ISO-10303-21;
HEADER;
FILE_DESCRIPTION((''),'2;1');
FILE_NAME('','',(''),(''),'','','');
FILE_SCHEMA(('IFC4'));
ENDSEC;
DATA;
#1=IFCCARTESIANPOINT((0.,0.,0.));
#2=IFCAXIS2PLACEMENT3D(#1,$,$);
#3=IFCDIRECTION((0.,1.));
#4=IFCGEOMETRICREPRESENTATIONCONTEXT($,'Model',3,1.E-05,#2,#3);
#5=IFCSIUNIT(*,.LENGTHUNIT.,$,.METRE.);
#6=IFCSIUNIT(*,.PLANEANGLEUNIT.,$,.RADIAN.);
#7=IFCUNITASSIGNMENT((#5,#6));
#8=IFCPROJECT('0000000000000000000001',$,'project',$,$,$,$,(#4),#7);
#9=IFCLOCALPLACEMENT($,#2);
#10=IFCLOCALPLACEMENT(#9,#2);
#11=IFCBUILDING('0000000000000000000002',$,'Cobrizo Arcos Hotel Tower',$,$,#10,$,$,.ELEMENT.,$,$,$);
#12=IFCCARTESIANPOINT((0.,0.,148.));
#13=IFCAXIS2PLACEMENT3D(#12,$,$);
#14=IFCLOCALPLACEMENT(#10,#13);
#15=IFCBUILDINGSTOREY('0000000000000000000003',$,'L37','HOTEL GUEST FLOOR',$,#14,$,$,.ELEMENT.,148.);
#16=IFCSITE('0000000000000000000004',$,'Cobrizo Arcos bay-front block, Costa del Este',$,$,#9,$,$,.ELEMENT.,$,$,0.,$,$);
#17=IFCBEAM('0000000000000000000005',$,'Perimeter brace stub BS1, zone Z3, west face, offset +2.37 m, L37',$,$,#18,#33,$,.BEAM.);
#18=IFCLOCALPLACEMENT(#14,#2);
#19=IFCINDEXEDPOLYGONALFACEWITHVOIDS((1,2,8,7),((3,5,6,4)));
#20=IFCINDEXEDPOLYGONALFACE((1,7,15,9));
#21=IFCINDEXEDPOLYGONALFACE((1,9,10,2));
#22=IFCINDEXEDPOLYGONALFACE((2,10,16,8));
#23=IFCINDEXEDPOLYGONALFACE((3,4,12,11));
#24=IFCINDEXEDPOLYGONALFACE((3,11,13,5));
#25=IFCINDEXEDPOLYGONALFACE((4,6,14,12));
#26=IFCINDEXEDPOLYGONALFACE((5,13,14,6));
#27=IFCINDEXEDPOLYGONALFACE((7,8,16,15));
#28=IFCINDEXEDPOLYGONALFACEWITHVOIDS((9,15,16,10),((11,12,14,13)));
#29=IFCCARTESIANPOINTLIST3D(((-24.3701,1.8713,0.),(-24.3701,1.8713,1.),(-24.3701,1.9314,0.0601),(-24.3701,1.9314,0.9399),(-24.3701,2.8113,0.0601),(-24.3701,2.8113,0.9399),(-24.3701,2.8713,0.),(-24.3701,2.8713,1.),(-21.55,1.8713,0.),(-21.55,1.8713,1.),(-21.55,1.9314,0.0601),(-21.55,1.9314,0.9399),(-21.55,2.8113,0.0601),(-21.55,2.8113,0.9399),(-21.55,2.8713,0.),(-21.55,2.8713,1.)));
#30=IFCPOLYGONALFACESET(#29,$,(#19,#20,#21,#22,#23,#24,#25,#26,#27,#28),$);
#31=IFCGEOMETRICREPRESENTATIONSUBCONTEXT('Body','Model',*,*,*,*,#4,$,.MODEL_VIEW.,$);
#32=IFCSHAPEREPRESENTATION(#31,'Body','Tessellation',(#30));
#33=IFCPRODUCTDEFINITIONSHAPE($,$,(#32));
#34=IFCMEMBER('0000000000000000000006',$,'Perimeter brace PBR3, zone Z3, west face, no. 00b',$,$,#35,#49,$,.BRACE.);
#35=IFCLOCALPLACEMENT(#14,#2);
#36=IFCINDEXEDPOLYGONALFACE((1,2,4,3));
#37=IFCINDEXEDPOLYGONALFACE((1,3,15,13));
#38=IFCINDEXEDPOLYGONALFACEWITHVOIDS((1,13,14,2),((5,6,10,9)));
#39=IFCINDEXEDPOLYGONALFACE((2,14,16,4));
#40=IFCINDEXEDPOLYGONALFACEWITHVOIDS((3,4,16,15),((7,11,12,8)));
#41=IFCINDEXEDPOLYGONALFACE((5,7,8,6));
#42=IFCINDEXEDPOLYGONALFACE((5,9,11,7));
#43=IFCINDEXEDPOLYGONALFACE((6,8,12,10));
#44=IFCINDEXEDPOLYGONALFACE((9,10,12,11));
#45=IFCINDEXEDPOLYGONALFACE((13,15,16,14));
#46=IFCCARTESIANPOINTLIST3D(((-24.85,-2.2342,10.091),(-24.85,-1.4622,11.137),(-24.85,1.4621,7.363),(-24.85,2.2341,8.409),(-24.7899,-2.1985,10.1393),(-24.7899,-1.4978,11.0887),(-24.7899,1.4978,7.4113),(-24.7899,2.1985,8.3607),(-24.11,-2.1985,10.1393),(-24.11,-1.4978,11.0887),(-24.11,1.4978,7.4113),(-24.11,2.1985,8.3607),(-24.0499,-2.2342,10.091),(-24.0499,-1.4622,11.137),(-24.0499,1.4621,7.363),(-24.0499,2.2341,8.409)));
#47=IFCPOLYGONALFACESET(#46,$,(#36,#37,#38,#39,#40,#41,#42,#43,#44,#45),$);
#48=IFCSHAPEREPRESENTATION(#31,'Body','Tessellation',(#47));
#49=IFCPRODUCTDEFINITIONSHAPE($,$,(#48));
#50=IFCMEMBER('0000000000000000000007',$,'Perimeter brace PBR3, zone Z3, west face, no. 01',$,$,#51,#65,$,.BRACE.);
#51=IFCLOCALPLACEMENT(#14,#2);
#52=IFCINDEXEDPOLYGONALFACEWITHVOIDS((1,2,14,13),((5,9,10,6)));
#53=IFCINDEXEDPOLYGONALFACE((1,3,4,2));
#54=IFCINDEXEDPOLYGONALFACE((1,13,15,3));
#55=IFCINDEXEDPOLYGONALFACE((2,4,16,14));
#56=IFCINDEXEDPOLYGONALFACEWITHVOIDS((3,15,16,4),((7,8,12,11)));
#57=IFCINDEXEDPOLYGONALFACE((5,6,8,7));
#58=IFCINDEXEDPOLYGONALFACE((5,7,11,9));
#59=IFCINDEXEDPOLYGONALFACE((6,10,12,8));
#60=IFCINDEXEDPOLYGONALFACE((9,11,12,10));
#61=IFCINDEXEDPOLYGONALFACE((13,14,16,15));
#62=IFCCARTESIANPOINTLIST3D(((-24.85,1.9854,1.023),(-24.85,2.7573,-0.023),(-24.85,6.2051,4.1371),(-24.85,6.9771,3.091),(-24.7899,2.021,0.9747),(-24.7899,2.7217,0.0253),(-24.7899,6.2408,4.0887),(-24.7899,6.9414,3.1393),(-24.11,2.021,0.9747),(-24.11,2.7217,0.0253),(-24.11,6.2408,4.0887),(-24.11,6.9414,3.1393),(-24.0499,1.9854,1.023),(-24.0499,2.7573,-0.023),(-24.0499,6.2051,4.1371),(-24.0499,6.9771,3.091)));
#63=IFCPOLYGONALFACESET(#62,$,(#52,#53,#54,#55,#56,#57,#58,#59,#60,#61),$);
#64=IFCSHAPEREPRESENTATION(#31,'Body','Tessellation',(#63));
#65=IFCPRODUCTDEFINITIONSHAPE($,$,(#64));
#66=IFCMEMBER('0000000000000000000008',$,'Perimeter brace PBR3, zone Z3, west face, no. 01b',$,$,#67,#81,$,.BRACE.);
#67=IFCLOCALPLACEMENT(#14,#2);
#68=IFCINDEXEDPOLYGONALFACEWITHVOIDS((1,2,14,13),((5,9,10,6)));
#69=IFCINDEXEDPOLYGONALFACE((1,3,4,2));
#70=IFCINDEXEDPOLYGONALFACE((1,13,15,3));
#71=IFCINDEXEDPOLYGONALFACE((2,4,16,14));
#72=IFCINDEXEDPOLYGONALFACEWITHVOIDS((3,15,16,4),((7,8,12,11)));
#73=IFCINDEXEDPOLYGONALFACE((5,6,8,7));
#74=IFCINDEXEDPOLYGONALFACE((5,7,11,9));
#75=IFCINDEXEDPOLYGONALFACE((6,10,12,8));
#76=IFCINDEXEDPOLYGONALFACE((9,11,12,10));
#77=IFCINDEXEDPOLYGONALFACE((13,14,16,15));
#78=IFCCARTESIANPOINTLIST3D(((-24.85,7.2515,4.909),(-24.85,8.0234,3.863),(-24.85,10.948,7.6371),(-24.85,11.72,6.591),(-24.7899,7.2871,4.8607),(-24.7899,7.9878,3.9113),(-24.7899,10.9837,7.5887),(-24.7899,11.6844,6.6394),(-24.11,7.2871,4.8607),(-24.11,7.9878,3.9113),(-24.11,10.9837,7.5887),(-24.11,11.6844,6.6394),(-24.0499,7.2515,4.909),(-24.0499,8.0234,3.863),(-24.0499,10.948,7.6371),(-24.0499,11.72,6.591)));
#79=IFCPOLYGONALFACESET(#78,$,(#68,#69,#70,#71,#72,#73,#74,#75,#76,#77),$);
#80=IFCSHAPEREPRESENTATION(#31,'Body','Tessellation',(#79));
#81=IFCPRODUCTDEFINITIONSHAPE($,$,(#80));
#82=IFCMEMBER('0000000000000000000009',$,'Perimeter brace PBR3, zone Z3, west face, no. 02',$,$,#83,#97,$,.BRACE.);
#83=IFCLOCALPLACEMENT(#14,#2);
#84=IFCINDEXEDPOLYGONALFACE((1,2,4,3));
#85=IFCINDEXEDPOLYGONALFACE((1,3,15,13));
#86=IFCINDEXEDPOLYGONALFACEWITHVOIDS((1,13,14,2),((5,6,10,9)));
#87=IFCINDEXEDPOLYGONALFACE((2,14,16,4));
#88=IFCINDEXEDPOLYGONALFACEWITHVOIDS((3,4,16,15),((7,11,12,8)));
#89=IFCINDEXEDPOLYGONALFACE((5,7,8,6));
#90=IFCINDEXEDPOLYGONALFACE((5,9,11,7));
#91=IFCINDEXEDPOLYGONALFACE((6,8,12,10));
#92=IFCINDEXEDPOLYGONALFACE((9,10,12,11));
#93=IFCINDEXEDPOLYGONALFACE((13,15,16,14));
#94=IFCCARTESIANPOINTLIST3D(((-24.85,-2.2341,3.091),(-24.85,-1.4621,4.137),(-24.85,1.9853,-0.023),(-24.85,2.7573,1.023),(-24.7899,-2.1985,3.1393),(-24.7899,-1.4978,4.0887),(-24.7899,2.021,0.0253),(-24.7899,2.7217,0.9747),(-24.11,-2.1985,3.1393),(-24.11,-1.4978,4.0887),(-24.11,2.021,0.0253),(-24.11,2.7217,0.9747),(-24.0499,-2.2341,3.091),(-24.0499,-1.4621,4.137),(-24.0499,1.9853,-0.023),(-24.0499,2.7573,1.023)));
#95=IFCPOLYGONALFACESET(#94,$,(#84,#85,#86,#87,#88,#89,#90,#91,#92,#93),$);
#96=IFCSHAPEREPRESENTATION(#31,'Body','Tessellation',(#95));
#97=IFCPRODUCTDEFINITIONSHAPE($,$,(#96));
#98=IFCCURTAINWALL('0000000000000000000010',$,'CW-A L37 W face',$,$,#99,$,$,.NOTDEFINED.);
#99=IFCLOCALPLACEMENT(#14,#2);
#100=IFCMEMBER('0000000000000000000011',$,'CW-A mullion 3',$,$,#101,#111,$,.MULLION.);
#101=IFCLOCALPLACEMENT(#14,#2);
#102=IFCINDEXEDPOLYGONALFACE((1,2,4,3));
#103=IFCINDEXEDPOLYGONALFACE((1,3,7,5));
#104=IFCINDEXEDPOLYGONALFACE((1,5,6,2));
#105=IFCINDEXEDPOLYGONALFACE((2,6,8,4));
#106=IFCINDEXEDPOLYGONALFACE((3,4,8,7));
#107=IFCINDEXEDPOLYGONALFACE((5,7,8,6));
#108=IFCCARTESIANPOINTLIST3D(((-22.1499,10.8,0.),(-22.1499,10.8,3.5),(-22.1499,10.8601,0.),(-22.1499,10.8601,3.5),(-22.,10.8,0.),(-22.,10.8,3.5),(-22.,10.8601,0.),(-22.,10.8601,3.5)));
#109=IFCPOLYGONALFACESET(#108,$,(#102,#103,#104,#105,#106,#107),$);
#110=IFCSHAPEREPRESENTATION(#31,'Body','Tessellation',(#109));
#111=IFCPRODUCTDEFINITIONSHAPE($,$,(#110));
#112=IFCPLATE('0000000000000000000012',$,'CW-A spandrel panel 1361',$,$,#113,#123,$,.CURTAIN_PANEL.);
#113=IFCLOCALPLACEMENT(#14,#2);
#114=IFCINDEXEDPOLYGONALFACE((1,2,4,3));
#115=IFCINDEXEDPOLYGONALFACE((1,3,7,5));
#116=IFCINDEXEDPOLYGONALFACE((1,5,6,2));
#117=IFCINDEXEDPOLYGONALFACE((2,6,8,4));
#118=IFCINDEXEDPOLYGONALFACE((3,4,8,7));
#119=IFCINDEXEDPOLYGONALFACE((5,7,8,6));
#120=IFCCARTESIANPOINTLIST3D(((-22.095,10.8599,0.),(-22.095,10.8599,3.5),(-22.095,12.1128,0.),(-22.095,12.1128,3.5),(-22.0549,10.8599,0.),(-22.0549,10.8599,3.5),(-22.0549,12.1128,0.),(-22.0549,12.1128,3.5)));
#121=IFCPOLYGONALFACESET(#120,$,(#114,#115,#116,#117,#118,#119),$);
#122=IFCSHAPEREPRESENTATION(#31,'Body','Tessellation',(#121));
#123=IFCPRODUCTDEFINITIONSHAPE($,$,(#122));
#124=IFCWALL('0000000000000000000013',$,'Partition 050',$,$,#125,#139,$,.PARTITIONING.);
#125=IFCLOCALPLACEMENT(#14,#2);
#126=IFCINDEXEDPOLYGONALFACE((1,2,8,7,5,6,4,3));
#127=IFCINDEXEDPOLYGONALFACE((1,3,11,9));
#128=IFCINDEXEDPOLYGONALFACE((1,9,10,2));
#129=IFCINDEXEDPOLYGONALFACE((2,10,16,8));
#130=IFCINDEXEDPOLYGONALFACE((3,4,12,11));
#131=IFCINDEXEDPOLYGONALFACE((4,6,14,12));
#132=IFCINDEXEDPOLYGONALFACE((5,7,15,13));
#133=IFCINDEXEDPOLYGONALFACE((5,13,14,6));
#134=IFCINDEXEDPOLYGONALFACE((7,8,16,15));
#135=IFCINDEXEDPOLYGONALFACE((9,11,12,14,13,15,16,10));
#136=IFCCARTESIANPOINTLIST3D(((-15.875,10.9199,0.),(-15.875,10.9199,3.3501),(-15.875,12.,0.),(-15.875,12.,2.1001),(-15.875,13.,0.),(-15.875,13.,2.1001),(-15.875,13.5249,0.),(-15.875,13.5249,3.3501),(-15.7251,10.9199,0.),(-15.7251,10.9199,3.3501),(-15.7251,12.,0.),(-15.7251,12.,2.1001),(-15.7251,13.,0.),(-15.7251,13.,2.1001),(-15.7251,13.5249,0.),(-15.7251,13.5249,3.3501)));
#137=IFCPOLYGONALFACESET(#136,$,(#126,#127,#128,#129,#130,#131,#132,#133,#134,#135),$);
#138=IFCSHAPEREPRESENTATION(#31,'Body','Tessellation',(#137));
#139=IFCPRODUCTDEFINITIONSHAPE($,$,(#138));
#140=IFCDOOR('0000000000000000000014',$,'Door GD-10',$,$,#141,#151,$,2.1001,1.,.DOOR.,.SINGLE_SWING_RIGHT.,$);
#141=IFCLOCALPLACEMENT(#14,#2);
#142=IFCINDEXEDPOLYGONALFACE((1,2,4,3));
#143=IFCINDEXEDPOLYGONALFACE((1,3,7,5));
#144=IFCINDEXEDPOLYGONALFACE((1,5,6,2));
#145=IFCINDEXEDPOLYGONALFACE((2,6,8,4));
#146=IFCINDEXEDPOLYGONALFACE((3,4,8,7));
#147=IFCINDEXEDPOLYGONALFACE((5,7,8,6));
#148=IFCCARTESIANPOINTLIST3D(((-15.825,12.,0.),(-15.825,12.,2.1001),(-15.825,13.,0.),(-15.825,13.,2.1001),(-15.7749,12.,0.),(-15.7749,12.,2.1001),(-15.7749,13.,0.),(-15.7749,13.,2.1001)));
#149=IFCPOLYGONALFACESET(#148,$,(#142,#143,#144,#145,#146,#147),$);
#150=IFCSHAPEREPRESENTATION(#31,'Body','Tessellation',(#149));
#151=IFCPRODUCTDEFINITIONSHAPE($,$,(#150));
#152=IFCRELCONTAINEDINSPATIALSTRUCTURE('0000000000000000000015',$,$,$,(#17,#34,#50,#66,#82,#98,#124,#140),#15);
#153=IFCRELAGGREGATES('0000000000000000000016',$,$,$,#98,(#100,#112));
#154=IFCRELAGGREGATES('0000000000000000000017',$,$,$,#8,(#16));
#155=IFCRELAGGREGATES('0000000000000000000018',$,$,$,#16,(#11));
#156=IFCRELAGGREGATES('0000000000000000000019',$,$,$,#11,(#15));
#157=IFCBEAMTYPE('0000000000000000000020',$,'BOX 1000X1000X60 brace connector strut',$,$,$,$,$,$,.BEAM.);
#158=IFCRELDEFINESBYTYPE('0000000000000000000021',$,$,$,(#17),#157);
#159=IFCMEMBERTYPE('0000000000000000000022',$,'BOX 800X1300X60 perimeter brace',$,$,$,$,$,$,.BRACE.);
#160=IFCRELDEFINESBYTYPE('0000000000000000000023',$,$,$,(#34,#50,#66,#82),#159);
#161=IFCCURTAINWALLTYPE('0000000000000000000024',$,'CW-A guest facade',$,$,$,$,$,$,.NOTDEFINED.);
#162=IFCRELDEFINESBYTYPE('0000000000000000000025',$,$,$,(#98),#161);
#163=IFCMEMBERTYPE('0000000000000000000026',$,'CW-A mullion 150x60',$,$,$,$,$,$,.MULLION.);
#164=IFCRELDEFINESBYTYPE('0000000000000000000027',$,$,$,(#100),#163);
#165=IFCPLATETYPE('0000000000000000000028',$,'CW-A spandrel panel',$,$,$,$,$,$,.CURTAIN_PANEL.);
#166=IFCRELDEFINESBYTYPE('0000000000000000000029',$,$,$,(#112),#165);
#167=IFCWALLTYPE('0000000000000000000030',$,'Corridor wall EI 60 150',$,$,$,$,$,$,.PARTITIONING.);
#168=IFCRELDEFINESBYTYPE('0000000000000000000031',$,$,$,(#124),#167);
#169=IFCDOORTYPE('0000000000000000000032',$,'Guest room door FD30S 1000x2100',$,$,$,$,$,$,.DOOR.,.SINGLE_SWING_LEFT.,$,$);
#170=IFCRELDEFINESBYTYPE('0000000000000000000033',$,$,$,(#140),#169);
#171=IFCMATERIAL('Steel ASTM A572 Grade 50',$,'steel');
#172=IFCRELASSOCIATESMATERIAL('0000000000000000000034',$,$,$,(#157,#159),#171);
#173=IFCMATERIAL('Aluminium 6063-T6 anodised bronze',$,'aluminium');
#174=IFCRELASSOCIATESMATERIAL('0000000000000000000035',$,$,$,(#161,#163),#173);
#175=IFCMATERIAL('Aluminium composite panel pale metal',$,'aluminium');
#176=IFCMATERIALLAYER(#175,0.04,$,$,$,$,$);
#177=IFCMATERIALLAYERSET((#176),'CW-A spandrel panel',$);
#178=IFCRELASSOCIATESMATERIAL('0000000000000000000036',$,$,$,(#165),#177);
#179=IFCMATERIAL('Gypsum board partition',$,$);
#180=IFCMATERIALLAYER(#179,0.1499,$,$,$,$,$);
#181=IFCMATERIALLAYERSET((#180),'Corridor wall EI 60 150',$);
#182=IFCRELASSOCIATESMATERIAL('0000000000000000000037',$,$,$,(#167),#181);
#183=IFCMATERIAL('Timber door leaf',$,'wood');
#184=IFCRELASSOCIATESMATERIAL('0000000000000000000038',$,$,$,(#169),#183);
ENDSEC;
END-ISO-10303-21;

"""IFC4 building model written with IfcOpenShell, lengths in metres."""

from ifc_helpers import new_model, si_unit, direction, frame, frame_2d, origin, origin_2d, place, context, subcontext, project, spatial, rectangle, hollow_rectangle, extrude, material, layer, layer_set, material_profile, profile_set, type_object, element, fill, aggregate, save


model = new_model("IFC4")

# Units and contexts
model_context = context("Model", 3, precision=1e-05, world=origin(), true_north=direction((0.0, 1.0)))
body_context = subcontext(model_context, "Body", "Model", "MODEL_VIEW")
ifc_project = project(units=[si_unit("LENGTHUNIT", "METRE"), si_unit("PLANEANGLEUNIT", "RADIAN")], contexts=[model_context])

# Site, building, storey
site_placement = place(None, origin())
site = spatial("IfcSite", under=ifc_project, at=site_placement, Name="Cobrizo Arcos bay-front block, Costa del Este", CompositionType="ELEMENT", RefElevation=0.0)
building_placement = place(site_placement, origin())
building = spatial("IfcBuilding", under=site, at=building_placement, Name="Cobrizo Arcos Hotel Tower", CompositionType="ELEMENT")
storey_placement = place(building_placement, frame((0.0, 0.0, 148.0)))
storey = spatial("IfcBuildingStorey", under=building, at=storey_placement, Name="L37", Description="HOTEL GUEST FLOOR", CompositionType="ELEMENT", Elevation=148.0)

# Beam
ifc_material_1 = material(Name="Steel ASTM A572 Grade 50", Category="steel")
ifc_material_profile_1 = material_profile(ifc_material_1, hollow_rectangle(XDim=1.0, YDim=1.0, WallThickness=0.0601, at=origin_2d()), Name="BOX 1000X1000X60")
ifc_profile_set_1 = profile_set([ifc_material_profile_1], Name="Steel ASTM A572 Grade 50")
beam_type = type_object("IfcBeamType", Name="BOX 1000X1000X60 brace connector strut", PredefinedType="BEAM", material=ifc_profile_set_1)
beam_placement = place(storey_placement, frame((-21.55, 2.3713, 0.5), z_axis=(-1.0, 0.0, 0.0), x_axis=(0.0, -1.0, 0.0)))
element("IfcBeam", 1, at=beam_placement, inside=storey, type_object=beam_type, Name="Perimeter brace stub BS1, zone Z3, west face, offset +2.37 m, L37", PredefinedType="BEAM", context=body_context, shape_type="SweptSolid", body=[
    extrude(hollow_rectangle(XDim=1.0, YDim=1.0, WallThickness=0.0601, at=origin_2d()), origin(), (0.0, 0.0, 1.0), 2.8201),
])

# Members
ifc_material_profile_2 = material_profile(ifc_material_1, hollow_rectangle(XDim=0.8, YDim=1.3, WallThickness=0.0601, at=origin_2d()), Name="BOX 800X1300X60")
ifc_profile_set_2 = profile_set([ifc_material_profile_2], Name="Steel ASTM A572 Grade 50")
member_type_1 = type_object("IfcMemberType", Name="BOX 800X1300X60 perimeter brace", PredefinedType="BRACE", material=ifc_profile_set_2)
member_1_placement = place(storey_placement, frame((-24.45, 1.8481, 7.886), z_axis=(0.0, -0.804593, 0.593826), x_axis=(1.0, 0.0, 0.0)))
element("IfcMember", 2, at=member_1_placement, inside=storey, type_object=member_type_1, Name="Perimeter brace PBR3, zone Z3, west face, no. 00b", PredefinedType="BRACE", context=body_context, shape_type="SweptSolid", body=[
    extrude(hollow_rectangle(XDim=0.8, YDim=1.3, WallThickness=0.0601, at=origin_2d()), origin(), (0.0, 0.0, 1.0), 4.594),
])
member_2_placement = place(storey_placement, frame((-24.45, 2.3713, 0.5), z_axis=(0.0, 0.804624, 0.593785), x_axis=(-1.0, 0.0, 0.0)))
element("IfcMember", 3, at=member_2_placement, inside=storey, type_object=member_type_1, Name="Perimeter brace PBR3, zone Z3, west face, no. 01", PredefinedType="BRACE", context=body_context, shape_type="SweptSolid", body=[
    extrude(hollow_rectangle(XDim=0.8, YDim=1.3, WallThickness=0.0601, at=origin_2d()), origin(), (0.0, 0.0, 1.0), 5.2444),
])
member_3_placement = place(storey_placement, frame((-24.45, 7.6375, 4.386), z_axis=(0.0, 0.804612, 0.593801), x_axis=(-1.0, 0.0, 0.0)))
element("IfcMember", 4, at=member_3_placement, inside=storey, type_object=member_type_1, Name="Perimeter brace PBR3, zone Z3, west face, no. 01b", PredefinedType="BRACE", context=body_context, shape_type="SweptSolid", body=[
    extrude(hollow_rectangle(XDim=0.8, YDim=1.3, WallThickness=0.0601, at=origin_2d()), origin(), (0.0, 0.0, 1.0), 4.5942),
])
member_4_placement = place(storey_placement, frame((-24.45, 2.3713, 0.5), z_axis=(0.0, -0.804607, 0.593807), x_axis=(1.0, 0.0, 0.0)))
element("IfcMember", 5, at=member_4_placement, inside=storey, type_object=member_type_1, Name="Perimeter brace PBR3, zone Z3, west face, no. 02", PredefinedType="BRACE", context=body_context, shape_type="SweptSolid", body=[
    extrude(hollow_rectangle(XDim=0.8, YDim=1.3, WallThickness=0.0601, at=origin_2d()), origin(), (0.0, 0.0, 1.0), 5.2441),
])

# Curtain wall, member, plate
ifc_material_2 = material(Name="Aluminium 6063-T6 anodised bronze", Category="aluminium")
curtain_wall_type = type_object("IfcCurtainWallType", Name="CW-A guest facade", PredefinedType="NOTDEFINED", material=ifc_material_2)
curtain_wall_placement = place(storey_placement, origin())
curtain_wall = element("IfcCurtainWall", 6, at=curtain_wall_placement, inside=storey, type_object=curtain_wall_type, Name="CW-A L37 W face", PredefinedType="NOTDEFINED")
ifc_material_profile_3 = material_profile(ifc_material_2, rectangle(XDim=0.1499, YDim=0.0601, at=origin_2d()), Name="CW-A mullion 150x60")
ifc_profile_set_3 = profile_set([ifc_material_profile_3], Name="Aluminium 6063-T6 anodised bronze")
member_type_2 = type_object("IfcMemberType", Name="CW-A mullion 150x60", PredefinedType="MULLION", material=ifc_profile_set_3)
member_5_placement = place(storey_placement, frame((-22.075, 10.8301, 0.0), z_axis=(0.0, 0.0, 1.0), x_axis=(-1.0, 0.0, 0.0)))
member_5 = element("IfcMember", 7, at=member_5_placement, type_object=member_type_2, Name="CW-A mullion 3", PredefinedType="MULLION", context=body_context, shape_type="SweptSolid", body=[
    extrude(rectangle(XDim=0.1499, YDim=0.0601, at=origin_2d()), origin(), (0.0, 0.0, 1.0), 3.5),
])
ifc_material_3 = material(Name="Aluminium composite panel pale metal", Category="aluminium")
ifc_layer_1 = layer(ifc_material_3, 0.04)
ifc_layer_set_1 = layer_set([ifc_layer_1], Name="CW-A spandrel panel")
plate_type = type_object("IfcPlateType", Name="CW-A spandrel panel", PredefinedType="CURTAIN_PANEL", material=ifc_layer_set_1)
plate_placement = place(storey_placement, frame((-22.075, 11.4863, 0.0), z_axis=(0.0, 0.0, 1.0), x_axis=(0.0, -1.0, 0.0)))
plate = element("IfcPlate", 8, at=plate_placement, type_object=plate_type, Name="CW-A spandrel panel 1361", PredefinedType="CURTAIN_PANEL", context=body_context, shape_type="SweptSolid", body=[
    extrude(rectangle(XDim=1.2529, YDim=0.04, at=origin_2d()), origin(), (0.0, 0.0, 1.0), 3.5),
])
aggregate(curtain_wall, [member_5, plate])

# Wall, opening, door
ifc_material_4 = material(Name="Gypsum board partition")
ifc_layer_2 = layer(ifc_material_4, 0.1499)
ifc_layer_set_2 = layer_set([ifc_layer_2], Name="Corridor wall EI 60 150")
wall_type_1 = type_object("IfcWallType", Name="Corridor wall EI 60 150", PredefinedType="PARTITIONING", material=ifc_layer_set_2)
wall_1_placement = place(storey_placement, frame((-15.8, 10.9199, 0.0), z_axis=(0.0, 0.0, 1.0), x_axis=(0.0, 1.0, 0.0)))
wall_1 = element("IfcWall", 9, at=wall_1_placement, inside=storey, type_object=wall_type_1, Name="Partition 050", PredefinedType="PARTITIONING", context=body_context, shape_type="SweptSolid", body=[
    extrude(rectangle(XDim=2.605, YDim=0.1499, at=frame_2d((1.3025, 0.0))), origin(), (0.0, 0.0, 1.0), 3.3501),
])
opening_1_placement = place(wall_1_placement, frame((1.0801, 0.0, 0.0)))
opening_1 = element("IfcOpeningElement", 10, at=opening_1_placement, cuts=wall_1, PredefinedType="OPENING", context=body_context, shape_type="SweptSolid", body=[
    extrude(rectangle(XDim=1.0, YDim=2.1001, at=frame_2d((0.5, 1.05))), frame((0.0, 0.0869, 0.0), z_axis=(0.0, -1.0, 0.0), x_axis=(1.0, 0.0, 0.0)), (0.0, 0.0, 1.0), 0.1738),
])
ifc_material_5 = material(Name="Timber door leaf", Category="wood")
door_type = type_object("IfcDoorType", Name="Guest room door FD30S 1000x2100", OperationType="SINGLE_SWING_LEFT", PredefinedType="DOOR", material=ifc_material_5)
door_placement = place(opening_1_placement, origin())
door = element("IfcDoor", 11, at=door_placement, inside=storey, type_object=door_type, Name="Door GD-10", OperationType="SINGLE_SWING_RIGHT", OverallHeight=2.1001, OverallWidth=1.0, PredefinedType="DOOR", context=body_context, shape_type="SweptSolid", body=[
    extrude(rectangle(XDim=1.0, YDim=2.1001, at=frame_2d((0.5, 1.05))), frame((0.0, 0.0249, 0.0), z_axis=(0.0, -1.0, 0.0), x_axis=(1.0, 0.0, 0.0)), (0.0, 0.0, 1.0), 0.05),
])
fill(opening_1, door)

save(model, "model.ifc")
